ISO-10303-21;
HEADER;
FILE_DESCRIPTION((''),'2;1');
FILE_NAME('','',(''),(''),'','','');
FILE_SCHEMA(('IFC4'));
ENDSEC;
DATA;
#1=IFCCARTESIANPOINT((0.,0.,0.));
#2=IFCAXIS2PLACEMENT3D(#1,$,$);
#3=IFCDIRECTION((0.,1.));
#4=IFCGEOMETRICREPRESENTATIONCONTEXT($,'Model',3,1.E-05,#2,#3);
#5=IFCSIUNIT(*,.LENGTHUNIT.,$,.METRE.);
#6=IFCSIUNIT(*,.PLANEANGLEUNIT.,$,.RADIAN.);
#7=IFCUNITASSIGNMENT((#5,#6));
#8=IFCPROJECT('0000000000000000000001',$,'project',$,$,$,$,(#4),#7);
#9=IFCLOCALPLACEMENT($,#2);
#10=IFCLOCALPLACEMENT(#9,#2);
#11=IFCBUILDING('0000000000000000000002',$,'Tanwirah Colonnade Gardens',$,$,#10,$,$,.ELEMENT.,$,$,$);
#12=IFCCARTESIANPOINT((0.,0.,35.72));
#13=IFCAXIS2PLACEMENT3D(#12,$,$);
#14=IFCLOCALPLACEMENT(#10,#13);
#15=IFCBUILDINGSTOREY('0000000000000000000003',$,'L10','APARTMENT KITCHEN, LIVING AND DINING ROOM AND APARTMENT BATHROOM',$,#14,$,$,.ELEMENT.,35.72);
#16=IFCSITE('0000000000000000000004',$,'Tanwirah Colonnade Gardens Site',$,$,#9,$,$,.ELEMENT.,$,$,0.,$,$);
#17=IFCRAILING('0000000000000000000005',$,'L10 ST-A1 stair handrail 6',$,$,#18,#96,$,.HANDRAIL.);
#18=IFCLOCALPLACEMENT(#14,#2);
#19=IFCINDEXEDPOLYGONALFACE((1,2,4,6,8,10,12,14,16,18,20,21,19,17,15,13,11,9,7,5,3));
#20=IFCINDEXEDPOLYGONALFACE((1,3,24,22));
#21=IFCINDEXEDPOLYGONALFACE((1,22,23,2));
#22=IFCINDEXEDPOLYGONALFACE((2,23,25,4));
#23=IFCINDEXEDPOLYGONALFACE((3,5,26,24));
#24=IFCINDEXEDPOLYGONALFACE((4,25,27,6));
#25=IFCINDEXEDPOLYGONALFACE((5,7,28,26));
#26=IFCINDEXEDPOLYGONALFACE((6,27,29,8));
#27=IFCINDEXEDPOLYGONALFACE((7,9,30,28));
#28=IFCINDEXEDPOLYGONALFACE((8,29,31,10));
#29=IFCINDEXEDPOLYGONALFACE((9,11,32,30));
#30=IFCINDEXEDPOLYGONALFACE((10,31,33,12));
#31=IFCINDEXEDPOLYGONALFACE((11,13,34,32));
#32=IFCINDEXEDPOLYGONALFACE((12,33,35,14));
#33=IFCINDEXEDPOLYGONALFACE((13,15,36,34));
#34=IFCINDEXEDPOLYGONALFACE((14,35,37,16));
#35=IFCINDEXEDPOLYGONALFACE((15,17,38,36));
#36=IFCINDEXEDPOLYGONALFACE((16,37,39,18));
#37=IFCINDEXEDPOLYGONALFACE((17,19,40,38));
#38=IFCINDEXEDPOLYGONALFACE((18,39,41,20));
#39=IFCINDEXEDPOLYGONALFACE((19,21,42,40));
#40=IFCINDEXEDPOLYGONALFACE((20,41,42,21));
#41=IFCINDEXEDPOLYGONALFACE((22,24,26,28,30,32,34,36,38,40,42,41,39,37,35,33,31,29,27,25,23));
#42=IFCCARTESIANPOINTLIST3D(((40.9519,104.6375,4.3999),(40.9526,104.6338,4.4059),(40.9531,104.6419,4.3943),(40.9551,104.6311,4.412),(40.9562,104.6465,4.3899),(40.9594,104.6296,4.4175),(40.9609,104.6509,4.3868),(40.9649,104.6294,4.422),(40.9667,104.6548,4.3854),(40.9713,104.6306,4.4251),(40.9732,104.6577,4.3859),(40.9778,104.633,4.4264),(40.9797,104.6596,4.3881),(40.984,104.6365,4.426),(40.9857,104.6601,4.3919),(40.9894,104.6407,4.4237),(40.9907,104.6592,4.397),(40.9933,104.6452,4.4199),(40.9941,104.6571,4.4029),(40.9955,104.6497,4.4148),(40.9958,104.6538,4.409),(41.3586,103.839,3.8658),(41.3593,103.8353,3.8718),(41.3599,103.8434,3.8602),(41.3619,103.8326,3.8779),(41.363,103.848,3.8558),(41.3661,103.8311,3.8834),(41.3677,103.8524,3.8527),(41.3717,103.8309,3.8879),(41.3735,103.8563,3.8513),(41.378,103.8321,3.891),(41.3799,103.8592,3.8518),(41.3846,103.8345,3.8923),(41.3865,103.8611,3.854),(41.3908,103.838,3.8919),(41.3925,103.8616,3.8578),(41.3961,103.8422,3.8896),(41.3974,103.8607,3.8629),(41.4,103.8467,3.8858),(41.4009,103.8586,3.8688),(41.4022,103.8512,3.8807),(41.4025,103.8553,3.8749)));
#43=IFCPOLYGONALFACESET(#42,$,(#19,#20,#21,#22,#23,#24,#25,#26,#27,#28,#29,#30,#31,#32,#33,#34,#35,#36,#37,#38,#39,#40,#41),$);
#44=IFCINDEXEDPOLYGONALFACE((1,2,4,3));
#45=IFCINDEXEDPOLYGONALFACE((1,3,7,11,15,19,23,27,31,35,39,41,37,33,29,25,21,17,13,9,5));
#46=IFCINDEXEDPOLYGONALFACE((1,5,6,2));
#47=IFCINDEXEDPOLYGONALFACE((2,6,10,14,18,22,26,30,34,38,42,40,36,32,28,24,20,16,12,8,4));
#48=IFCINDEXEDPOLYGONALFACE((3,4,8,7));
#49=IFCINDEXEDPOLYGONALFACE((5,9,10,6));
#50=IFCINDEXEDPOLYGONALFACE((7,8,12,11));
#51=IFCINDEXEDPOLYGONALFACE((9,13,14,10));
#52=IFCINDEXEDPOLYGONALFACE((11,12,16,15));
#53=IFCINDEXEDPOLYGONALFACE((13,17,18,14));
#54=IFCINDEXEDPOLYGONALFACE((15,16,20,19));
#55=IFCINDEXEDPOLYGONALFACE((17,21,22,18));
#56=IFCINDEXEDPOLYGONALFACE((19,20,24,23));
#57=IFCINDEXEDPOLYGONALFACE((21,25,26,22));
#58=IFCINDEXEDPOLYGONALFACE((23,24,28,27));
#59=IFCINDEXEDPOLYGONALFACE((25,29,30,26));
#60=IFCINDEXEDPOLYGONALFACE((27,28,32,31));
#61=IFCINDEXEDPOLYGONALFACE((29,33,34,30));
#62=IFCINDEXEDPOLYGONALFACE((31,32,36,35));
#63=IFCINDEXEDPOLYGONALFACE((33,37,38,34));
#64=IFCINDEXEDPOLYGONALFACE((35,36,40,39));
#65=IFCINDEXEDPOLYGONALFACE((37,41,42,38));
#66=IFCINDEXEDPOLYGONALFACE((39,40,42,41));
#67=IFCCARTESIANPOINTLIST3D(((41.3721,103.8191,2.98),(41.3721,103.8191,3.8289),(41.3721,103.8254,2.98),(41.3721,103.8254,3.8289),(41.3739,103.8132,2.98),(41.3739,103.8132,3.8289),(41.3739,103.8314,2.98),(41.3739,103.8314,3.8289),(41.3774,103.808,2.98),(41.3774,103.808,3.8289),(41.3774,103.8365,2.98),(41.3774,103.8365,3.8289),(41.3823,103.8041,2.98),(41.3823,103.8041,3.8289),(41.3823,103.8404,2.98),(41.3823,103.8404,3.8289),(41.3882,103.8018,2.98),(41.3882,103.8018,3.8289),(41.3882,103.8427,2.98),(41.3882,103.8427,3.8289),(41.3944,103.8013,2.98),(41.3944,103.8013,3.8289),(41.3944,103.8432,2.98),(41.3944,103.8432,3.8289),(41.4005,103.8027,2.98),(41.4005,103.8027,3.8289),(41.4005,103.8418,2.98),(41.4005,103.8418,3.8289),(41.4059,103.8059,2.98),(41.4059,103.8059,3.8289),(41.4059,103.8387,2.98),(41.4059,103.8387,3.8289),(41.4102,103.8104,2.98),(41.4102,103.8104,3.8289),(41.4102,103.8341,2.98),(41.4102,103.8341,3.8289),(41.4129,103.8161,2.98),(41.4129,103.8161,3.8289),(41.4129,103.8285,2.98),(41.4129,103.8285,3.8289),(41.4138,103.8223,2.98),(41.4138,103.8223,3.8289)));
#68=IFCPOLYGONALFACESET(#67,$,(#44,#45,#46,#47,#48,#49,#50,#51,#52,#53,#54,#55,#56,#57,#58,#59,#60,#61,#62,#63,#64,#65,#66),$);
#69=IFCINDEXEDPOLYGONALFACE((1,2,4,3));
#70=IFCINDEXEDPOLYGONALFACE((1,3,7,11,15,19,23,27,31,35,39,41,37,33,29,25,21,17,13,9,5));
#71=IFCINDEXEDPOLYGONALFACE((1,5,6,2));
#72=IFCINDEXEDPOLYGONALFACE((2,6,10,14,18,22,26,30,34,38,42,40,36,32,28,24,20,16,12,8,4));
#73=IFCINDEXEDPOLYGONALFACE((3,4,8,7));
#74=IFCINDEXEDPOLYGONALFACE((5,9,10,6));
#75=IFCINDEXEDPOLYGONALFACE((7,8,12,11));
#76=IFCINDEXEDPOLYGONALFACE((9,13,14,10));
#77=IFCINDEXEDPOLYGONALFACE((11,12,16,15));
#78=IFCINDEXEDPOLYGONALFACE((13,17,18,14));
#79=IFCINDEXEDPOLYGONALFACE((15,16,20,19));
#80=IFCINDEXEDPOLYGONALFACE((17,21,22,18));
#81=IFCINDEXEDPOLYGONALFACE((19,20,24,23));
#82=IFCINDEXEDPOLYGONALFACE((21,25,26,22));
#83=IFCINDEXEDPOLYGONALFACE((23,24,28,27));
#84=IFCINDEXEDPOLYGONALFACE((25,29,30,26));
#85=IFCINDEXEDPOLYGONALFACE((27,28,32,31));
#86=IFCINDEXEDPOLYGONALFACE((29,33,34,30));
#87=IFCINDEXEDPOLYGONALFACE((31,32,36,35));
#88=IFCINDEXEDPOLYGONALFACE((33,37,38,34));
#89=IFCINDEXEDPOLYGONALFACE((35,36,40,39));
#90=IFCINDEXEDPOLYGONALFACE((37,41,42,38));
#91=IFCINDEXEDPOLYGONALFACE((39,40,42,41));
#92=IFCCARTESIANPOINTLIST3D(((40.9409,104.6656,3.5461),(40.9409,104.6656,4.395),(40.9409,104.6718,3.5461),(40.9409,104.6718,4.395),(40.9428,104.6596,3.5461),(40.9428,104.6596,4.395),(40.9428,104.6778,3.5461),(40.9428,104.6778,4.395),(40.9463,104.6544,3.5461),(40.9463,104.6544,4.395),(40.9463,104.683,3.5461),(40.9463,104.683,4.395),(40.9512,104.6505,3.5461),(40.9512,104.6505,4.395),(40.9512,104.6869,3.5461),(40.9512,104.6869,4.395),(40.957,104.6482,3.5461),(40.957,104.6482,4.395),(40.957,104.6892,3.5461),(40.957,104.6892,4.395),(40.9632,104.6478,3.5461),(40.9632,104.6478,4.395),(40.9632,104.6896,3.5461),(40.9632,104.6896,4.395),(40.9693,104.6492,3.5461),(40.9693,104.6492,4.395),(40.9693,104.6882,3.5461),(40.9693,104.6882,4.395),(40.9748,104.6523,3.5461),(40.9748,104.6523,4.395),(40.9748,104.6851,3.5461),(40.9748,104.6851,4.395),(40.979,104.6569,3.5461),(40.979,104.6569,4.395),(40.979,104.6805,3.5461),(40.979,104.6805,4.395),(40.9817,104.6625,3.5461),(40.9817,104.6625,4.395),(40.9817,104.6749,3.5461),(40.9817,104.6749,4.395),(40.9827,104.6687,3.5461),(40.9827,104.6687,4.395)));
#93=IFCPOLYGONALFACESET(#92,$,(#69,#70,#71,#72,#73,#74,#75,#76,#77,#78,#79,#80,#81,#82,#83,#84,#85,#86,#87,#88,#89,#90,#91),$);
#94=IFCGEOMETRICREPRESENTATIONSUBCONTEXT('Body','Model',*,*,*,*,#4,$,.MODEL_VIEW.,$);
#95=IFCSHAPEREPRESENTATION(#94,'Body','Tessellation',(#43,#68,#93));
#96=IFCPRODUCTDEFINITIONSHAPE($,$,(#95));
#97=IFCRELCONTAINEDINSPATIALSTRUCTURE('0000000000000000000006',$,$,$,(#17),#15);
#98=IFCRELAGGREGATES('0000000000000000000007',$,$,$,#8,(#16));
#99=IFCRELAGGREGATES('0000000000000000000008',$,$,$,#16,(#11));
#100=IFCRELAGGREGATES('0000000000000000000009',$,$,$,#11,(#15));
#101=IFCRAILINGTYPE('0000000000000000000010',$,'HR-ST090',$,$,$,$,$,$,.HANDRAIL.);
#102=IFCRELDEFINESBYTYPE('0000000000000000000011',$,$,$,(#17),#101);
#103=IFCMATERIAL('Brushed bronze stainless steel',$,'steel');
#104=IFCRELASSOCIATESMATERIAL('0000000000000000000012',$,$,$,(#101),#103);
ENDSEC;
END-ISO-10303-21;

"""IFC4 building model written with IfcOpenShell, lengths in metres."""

from ifc_helpers import new_model, si_unit, direction, frame, origin, origin_2d, place, context, subcontext, project, spatial, circle, extrude, material, type_object, element, save


model = new_model("IFC4")

# Units and contexts
model_context = context("Model", 3, precision=1e-05, world=origin(), true_north=direction((0.0, 1.0)))
body_context = subcontext(model_context, "Body", "Model", "MODEL_VIEW")
ifc_project = project(units=[si_unit("LENGTHUNIT", "METRE"), si_unit("PLANEANGLEUNIT", "RADIAN")], contexts=[model_context])

# Site, building, storey
site_placement = place(None, origin())
site = spatial("IfcSite", under=ifc_project, at=site_placement, Name="Tanwirah Colonnade Gardens Site", CompositionType="ELEMENT", RefElevation=0.0)
building_placement = place(site_placement, origin())
building = spatial("IfcBuilding", under=site, at=building_placement, Name="Tanwirah Colonnade Gardens", CompositionType="ELEMENT")
storey_placement = place(building_placement, frame((0.0, 0.0, 35.72)))
storey = spatial("IfcBuildingStorey", under=building, at=storey_placement, Name="L10", Description="APARTMENT KITCHEN, LIVING AND DINING ROOM AND APARTMENT BATHROOM", CompositionType="ELEMENT", Elevation=35.72)

# Railing
ifc_material_1 = material(Name="Brushed bronze stainless steel", Category="steel")
railing_type_1 = type_object("IfcRailingType", Name="HR-ST090", PredefinedType="HANDRAIL", material=ifc_material_1)
railing_1_placement = place(storey_placement, frame((41.3928, 103.8223, 2.98)))
element("IfcRailing", 1, at=railing_1_placement, inside=storey, type_object=railing_type_1, Name="L10 ST-A1 stair handrail 6", PredefinedType="HANDRAIL", context=body_context, shape_type="SweptSolid", body=[
    extrude(circle(Radius=0.0239, at=origin_2d()), frame((-0.0122, 0.0239, 0.8918), z_axis=(-0.389886, 0.765422, 0.511974), x_axis=(-0.891061, -0.453883, 0.0)), (0.0, 0.0, 1.0), 1.0432),
    extrude(circle(Radius=0.021, at=origin_2d()), origin(), (0.0, 0.0, 1.0), 0.8489),
    extrude(circle(Radius=0.021, at=origin_2d()), frame((-0.4312, 0.8464, 0.5662)), (0.0, 0.0, 1.0), 0.8489),
])

save(model, "model.ifc")
